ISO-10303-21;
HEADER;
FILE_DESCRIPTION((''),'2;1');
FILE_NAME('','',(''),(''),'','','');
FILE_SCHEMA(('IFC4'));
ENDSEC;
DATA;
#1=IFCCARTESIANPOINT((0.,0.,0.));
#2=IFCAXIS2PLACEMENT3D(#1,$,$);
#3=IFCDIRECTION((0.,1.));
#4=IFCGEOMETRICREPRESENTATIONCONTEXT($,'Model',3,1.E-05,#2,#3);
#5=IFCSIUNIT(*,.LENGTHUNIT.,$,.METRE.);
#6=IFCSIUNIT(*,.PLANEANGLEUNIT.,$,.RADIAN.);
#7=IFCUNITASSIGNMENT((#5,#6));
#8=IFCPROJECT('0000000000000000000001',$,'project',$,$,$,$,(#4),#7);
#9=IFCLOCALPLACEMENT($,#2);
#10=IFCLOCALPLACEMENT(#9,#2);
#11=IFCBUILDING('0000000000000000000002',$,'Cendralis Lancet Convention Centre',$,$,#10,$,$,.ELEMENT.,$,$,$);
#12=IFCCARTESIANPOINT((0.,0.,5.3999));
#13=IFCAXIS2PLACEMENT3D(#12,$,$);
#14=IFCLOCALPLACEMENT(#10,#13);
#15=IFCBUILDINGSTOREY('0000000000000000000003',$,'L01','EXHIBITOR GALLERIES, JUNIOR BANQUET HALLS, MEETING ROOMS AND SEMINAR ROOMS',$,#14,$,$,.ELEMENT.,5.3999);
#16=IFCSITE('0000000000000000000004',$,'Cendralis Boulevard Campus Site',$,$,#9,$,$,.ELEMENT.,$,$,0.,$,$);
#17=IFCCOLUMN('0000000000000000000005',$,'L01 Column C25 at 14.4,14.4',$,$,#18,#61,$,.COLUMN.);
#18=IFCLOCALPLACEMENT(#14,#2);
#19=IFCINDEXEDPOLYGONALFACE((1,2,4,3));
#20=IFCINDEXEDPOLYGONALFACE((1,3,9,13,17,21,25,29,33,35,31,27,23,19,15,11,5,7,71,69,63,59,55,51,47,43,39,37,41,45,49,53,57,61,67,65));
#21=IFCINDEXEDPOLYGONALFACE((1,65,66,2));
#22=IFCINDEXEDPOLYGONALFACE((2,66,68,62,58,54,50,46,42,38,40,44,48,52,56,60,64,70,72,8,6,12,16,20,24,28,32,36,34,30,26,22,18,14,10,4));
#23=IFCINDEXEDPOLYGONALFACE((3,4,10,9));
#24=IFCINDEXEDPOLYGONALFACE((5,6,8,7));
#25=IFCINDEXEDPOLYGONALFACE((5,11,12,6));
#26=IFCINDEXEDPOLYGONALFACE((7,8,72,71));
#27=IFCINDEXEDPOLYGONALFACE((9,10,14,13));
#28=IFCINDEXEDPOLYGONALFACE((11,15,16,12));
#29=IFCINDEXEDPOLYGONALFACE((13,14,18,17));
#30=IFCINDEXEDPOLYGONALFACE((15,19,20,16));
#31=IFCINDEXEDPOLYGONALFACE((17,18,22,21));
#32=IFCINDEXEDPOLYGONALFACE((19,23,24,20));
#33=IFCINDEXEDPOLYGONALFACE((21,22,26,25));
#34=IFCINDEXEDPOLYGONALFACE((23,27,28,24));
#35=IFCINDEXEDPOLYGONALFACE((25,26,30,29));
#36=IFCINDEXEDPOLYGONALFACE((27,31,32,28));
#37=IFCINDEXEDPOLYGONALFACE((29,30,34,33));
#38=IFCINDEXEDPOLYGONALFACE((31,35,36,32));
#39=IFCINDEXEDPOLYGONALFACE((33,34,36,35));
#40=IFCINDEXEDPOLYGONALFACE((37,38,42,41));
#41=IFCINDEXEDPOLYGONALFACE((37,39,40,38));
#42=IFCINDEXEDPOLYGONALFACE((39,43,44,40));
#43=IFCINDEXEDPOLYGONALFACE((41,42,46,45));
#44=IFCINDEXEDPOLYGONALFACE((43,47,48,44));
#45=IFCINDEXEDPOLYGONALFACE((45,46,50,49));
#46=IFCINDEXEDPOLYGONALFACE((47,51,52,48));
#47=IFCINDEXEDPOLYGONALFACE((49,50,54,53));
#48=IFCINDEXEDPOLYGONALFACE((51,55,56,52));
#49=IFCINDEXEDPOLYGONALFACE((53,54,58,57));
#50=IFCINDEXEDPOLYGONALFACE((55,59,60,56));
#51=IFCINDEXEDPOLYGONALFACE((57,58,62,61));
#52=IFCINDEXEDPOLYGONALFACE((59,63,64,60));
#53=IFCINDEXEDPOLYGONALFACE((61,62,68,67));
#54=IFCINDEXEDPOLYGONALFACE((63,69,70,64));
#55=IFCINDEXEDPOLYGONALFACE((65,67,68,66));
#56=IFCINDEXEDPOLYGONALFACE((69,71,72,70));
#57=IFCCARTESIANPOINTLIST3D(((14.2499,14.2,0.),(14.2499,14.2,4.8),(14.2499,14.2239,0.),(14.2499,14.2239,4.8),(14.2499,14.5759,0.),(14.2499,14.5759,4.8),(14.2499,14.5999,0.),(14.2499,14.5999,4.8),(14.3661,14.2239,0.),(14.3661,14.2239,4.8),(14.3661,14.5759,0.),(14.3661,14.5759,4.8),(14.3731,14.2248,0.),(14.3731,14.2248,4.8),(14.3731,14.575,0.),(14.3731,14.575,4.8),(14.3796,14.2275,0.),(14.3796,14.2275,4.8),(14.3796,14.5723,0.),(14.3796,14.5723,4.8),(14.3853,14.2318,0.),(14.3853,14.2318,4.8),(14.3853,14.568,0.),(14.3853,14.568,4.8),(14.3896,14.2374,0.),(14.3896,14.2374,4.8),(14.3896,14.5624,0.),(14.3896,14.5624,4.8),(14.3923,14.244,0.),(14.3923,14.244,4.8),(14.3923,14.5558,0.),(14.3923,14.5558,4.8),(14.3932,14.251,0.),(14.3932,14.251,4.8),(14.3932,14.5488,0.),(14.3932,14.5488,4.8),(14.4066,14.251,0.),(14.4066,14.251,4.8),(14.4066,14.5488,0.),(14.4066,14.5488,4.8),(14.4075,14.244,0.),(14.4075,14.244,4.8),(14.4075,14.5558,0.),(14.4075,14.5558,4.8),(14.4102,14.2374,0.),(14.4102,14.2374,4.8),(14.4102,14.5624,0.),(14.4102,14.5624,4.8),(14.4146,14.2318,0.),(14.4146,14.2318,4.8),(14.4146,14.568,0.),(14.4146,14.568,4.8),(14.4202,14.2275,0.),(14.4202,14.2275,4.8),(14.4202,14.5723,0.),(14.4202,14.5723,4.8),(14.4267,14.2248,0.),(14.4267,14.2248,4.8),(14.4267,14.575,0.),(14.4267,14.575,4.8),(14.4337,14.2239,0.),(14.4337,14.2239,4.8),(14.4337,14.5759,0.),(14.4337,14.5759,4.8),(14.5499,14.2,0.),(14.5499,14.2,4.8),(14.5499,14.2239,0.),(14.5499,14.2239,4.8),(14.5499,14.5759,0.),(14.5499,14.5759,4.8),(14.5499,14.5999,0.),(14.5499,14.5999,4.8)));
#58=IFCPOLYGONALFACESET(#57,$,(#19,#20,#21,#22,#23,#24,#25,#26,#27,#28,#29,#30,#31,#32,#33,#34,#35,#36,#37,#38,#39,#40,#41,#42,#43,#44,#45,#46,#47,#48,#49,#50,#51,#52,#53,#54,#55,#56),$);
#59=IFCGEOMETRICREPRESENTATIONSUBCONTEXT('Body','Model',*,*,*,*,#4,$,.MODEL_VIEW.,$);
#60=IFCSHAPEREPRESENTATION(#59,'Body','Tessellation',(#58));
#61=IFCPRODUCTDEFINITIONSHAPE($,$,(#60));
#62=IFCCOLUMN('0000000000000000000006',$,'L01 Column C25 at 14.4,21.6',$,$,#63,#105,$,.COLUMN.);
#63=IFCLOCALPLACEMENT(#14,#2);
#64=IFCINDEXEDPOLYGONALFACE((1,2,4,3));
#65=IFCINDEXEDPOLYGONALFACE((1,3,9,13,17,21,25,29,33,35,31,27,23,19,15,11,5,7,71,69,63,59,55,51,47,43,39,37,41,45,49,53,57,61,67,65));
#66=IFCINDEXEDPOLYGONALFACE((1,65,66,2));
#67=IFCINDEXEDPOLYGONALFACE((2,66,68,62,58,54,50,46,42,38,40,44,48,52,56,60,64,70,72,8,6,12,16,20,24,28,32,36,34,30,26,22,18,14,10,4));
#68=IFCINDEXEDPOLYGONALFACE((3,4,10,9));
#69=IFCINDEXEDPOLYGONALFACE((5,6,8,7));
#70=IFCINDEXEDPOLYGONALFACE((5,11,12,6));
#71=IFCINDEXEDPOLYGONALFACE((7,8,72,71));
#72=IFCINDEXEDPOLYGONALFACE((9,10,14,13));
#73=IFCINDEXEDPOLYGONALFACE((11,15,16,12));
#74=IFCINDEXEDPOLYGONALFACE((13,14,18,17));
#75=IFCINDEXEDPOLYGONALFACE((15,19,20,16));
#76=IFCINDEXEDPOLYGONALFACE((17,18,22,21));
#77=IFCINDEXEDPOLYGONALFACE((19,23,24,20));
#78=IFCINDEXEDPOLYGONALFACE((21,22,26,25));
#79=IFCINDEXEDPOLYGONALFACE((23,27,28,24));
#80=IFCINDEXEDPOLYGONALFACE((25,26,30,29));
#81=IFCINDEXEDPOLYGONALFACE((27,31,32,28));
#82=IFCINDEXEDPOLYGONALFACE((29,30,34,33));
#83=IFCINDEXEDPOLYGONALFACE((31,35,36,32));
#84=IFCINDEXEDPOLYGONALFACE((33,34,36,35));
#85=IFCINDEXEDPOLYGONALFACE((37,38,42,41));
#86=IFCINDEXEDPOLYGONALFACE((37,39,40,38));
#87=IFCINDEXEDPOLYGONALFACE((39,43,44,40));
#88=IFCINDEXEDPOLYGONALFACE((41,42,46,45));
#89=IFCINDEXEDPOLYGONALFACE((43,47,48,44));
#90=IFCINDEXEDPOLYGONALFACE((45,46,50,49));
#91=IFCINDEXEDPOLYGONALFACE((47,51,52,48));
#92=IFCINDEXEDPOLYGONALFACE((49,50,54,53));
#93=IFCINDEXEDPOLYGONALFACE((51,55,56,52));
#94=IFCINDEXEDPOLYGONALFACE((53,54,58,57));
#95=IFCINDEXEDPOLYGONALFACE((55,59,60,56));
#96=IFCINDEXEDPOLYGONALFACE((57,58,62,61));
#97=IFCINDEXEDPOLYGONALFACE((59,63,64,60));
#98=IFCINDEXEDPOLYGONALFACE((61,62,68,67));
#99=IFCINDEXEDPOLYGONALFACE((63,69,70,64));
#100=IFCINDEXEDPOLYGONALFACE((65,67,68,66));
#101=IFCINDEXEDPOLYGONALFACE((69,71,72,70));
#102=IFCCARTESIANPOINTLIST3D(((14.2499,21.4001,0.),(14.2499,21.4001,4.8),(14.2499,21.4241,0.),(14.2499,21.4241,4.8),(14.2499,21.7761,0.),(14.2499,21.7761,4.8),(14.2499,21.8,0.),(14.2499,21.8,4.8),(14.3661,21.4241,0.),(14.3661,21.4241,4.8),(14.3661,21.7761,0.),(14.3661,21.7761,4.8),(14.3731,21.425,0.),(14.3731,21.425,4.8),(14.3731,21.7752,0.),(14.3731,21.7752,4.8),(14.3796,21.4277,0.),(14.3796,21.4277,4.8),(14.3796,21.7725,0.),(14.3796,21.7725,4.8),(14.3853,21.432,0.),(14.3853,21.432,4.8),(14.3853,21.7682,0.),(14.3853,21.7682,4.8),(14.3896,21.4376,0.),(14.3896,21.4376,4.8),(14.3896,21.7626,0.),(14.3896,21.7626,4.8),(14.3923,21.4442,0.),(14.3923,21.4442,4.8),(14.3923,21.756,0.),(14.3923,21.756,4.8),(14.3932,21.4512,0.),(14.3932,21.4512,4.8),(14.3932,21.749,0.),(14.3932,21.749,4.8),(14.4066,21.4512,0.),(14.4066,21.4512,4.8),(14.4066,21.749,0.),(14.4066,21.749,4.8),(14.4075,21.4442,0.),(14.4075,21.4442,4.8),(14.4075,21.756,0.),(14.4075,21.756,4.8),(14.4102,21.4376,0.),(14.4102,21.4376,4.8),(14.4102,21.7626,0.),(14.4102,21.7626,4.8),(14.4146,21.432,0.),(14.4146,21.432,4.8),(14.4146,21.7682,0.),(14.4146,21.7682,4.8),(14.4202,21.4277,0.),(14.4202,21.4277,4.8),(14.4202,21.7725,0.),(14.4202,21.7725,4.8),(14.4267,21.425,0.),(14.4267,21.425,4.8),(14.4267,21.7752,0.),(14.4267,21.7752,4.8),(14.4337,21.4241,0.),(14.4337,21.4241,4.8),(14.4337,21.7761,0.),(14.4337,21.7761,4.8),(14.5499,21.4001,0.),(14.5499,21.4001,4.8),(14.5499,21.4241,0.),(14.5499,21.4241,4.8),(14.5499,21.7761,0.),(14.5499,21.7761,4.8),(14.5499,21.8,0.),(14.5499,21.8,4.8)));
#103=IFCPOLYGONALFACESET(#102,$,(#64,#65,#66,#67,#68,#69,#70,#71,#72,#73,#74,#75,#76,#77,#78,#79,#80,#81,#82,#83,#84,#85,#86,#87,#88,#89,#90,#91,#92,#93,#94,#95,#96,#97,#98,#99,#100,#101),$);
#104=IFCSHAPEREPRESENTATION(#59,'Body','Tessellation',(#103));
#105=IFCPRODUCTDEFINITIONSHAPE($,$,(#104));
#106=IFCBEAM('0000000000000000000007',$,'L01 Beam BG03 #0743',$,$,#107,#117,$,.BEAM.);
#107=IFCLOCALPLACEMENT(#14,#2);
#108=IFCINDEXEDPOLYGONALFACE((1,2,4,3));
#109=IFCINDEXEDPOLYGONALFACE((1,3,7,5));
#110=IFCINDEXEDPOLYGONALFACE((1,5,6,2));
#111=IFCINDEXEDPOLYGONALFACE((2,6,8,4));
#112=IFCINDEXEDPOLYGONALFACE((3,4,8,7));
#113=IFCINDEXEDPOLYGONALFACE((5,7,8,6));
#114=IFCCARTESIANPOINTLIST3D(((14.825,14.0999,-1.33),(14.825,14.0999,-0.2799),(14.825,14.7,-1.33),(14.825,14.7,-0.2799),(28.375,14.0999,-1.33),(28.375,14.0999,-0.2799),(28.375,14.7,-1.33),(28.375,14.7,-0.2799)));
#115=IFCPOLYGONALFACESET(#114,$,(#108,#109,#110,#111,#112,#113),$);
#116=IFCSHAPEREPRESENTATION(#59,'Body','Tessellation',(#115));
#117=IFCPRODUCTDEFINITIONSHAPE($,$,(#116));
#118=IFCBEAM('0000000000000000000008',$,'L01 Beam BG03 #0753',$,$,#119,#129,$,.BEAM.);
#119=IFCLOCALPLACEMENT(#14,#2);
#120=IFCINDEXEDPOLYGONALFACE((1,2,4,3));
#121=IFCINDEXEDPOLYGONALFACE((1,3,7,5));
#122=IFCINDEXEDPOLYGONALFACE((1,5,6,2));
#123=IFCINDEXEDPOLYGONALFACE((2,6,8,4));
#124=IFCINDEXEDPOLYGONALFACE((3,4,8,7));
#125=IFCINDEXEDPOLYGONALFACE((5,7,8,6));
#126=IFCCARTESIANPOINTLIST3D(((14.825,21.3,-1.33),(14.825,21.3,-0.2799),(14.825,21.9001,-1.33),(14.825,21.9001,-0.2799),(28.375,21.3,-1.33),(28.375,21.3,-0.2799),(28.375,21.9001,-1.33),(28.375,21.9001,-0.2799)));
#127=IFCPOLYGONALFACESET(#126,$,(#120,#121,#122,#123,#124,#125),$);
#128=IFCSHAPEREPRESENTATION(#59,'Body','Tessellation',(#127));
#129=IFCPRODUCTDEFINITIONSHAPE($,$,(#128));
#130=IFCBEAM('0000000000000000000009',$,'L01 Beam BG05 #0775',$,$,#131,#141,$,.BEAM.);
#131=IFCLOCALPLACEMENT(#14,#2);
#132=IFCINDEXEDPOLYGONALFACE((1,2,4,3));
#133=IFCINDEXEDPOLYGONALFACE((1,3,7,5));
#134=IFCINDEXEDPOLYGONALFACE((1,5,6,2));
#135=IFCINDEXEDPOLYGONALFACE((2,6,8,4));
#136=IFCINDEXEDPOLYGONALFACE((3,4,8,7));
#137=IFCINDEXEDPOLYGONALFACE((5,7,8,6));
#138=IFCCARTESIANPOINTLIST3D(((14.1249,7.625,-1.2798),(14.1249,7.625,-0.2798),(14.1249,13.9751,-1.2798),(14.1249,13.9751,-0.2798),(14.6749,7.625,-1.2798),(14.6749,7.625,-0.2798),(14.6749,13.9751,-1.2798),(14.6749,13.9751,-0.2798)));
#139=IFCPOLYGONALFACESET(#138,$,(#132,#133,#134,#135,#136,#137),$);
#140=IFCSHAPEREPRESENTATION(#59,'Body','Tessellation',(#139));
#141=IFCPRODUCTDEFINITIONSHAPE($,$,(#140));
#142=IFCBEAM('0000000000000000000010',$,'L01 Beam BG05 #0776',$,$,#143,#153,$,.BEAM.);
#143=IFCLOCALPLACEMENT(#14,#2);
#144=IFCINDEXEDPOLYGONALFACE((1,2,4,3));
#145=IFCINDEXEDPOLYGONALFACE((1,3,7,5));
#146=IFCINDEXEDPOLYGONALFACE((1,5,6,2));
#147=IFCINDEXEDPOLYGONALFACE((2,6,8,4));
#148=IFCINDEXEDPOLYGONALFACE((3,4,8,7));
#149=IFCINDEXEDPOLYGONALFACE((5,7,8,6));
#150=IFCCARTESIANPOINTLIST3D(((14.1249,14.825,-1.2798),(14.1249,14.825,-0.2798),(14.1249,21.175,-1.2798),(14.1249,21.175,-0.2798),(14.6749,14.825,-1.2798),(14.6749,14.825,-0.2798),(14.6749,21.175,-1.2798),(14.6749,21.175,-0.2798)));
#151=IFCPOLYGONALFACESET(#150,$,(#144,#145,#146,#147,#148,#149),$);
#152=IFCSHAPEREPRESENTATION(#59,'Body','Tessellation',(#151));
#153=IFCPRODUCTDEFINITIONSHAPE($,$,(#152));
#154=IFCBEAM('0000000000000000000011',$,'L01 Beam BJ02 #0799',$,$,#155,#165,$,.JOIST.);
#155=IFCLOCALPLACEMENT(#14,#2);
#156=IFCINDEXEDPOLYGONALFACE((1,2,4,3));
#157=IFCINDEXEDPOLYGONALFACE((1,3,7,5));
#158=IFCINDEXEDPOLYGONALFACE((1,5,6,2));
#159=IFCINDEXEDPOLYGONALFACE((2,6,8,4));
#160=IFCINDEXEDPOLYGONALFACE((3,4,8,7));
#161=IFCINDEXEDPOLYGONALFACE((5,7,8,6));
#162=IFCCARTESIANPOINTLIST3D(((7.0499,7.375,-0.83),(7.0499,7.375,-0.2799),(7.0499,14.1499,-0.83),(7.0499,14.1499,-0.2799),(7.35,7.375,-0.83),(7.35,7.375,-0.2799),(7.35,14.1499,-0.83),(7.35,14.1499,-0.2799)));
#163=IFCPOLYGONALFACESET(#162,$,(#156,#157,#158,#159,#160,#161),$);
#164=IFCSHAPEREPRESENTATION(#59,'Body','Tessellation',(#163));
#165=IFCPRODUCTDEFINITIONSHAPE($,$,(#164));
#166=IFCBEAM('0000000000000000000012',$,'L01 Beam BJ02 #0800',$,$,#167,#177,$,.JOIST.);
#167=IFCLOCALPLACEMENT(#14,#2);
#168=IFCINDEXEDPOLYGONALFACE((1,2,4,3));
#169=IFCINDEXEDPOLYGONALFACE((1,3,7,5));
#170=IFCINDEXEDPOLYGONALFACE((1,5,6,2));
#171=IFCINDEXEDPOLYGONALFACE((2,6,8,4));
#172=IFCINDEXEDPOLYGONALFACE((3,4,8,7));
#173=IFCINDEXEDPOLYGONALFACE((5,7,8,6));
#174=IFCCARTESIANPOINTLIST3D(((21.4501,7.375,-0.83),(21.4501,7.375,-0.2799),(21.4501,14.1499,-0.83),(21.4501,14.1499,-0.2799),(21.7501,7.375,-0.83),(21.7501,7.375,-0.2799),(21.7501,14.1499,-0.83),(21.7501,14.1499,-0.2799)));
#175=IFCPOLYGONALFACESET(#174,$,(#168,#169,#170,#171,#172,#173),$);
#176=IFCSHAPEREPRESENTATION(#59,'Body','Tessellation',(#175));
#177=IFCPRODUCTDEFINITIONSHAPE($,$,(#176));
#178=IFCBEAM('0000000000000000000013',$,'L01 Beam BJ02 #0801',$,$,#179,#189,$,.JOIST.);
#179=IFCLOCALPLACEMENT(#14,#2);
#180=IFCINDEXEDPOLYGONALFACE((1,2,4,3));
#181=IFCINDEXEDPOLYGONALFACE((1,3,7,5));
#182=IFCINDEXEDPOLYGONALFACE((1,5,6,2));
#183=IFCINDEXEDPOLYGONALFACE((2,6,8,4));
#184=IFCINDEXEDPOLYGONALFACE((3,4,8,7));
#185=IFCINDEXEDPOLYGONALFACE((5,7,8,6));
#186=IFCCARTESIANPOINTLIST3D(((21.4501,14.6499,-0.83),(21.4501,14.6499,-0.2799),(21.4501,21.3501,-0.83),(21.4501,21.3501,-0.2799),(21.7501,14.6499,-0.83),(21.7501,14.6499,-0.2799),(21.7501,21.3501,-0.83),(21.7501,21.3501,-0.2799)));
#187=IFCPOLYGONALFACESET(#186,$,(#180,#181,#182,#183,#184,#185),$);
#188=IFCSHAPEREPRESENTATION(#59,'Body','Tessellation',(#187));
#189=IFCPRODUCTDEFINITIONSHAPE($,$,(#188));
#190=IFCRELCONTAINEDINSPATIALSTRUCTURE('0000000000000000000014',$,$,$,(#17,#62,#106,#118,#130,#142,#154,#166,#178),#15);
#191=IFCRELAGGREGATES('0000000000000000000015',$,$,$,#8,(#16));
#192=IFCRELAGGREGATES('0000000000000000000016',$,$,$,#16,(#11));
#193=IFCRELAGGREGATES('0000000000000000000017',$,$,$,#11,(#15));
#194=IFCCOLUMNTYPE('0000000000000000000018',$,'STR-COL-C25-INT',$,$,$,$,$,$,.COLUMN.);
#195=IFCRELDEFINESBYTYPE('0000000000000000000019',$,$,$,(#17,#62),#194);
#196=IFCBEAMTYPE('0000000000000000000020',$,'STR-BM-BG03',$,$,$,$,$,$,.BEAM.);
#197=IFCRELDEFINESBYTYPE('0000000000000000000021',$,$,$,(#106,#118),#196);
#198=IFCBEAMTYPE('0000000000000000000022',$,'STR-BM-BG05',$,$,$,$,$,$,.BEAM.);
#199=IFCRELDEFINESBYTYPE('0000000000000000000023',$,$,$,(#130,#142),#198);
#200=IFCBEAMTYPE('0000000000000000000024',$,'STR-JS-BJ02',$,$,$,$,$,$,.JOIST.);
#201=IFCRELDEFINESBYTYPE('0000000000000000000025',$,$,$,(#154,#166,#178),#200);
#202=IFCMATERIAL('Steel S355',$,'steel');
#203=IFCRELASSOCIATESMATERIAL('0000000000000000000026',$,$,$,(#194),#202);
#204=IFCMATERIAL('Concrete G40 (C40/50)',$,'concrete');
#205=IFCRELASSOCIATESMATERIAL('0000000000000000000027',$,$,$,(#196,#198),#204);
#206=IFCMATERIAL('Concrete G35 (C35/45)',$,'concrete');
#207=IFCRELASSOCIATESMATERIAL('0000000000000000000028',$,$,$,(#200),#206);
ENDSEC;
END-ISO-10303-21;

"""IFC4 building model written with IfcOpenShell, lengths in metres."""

from ifc_helpers import new_model, si_unit, direction, frame, origin, origin_2d, place, context, subcontext, project, spatial, rectangle, i_section, extrude, material, material_profile, profile_set, type_object, element, save


model = new_model("IFC4")

# Units and contexts
model_context = context("Model", 3, precision=1e-05, world=origin(), true_north=direction((0.0, 1.0)))
body_context = subcontext(model_context, "Body", "Model", "MODEL_VIEW")
ifc_project = project(units=[si_unit("LENGTHUNIT", "METRE"), si_unit("PLANEANGLEUNIT", "RADIAN")], contexts=[model_context])

# Site, building, storey
site_placement = place(None, origin())
site = spatial("IfcSite", under=ifc_project, at=site_placement, Name="Cendralis Boulevard Campus Site", CompositionType="ELEMENT", RefElevation=0.0)
building_placement = place(site_placement, origin())
building = spatial("IfcBuilding", under=site, at=building_placement, Name="Cendralis Lancet Convention Centre", CompositionType="ELEMENT")
storey_placement = place(building_placement, frame((0.0, 0.0, 5.3999)))
storey = spatial("IfcBuildingStorey", under=building, at=storey_placement, Name="L01", Description="EXHIBITOR GALLERIES, JUNIOR BANQUET HALLS, MEETING ROOMS AND SEMINAR ROOMS", CompositionType="ELEMENT", Elevation=5.3999)

# Columns
ifc_material_1 = material(Name="Steel S355", Category="steel")
ifc_material_profile_1 = material_profile(ifc_material_1, i_section(OverallWidth=0.3, OverallDepth=0.3999, WebThickness=0.0134, FlangeThickness=0.0239, FilletRadius=0.0271, at=origin_2d()), Name="HEB 400")
ifc_profile_set_1 = profile_set([ifc_material_profile_1], Name="Steel S355")
column_type = type_object("IfcColumnType", Name="STR-COL-C25-INT", PredefinedType="COLUMN", material=ifc_profile_set_1)
for number, where, z_axis, x_axis, name in (
    (1, (14.3999, 14.3999, 0.0), (0.0, 0.0, 1.0), (1.0, 0.0, 0.0), "L01 Column C25 at 14.4,14.4"),
    (2, (14.3999, 21.6001, 0.0), (0.0, 0.0, 1.0), (1.0, 0.0, 0.0), "L01 Column C25 at 14.4,21.6"),
):
    element("IfcColumn", number, at=place(storey_placement, frame(where, z_axis=z_axis, x_axis=x_axis)), inside=storey, type_object=column_type, Name=name, PredefinedType="COLUMN", context=body_context, shape_type="SweptSolid", body=[
        extrude(i_section(OverallWidth=0.3, OverallDepth=0.3999, WebThickness=0.0134, FlangeThickness=0.0239, FilletRadius=0.0271, at=origin_2d()), origin(), (0.0, 0.0, 1.0), 4.8),
    ])

# Beams
ifc_material_2 = material(Name="Concrete G40 (C40/50)", Category="concrete")
ifc_material_profile_2 = material_profile(ifc_material_2, rectangle(XDim=0.6001, YDim=1.05, at=origin_2d()), Name="RCB 600x1050")
ifc_profile_set_2 = profile_set([ifc_material_profile_2], Name="Concrete G40 (C40/50)")
beam_type_1 = type_object("IfcBeamType", Name="STR-BM-BG03", PredefinedType="BEAM", material=ifc_profile_set_2)
for number, where, z_axis, x_axis, name in (
    (3, (14.825, 14.3999, -0.8049), (1.0, 0.0, 0.0), (0.0, 1.0, 0.0), "L01 Beam BG03 #0743"),
    (4, (14.825, 21.6001, -0.8049), (1.0, 0.0, 0.0), (0.0, 1.0, 0.0), "L01 Beam BG03 #0753"),
):
    element("IfcBeam", number, at=place(storey_placement, frame(where, z_axis=z_axis, x_axis=x_axis)), inside=storey, type_object=beam_type_1, Name=name, PredefinedType="BEAM", context=body_context, shape_type="SweptSolid", body=[
        extrude(rectangle(XDim=0.6001, YDim=1.05, at=origin_2d()), origin(), (0.0, 0.0, 1.0), 13.55),
    ])
ifc_material_profile_3 = material_profile(ifc_material_2, rectangle(XDim=0.55, YDim=1.0, at=origin_2d()), Name="RCB 550x1000")
ifc_profile_set_3 = profile_set([ifc_material_profile_3], Name="Concrete G40 (C40/50)")
beam_type_2 = type_object("IfcBeamType", Name="STR-BM-BG05", PredefinedType="BEAM", material=ifc_profile_set_3)
for number, where, z_axis, x_axis, name in (
    (5, (14.3999, 7.625, -0.7798), (0.0, 1.0, 0.0), (-1.0, 0.0, 0.0), "L01 Beam BG05 #0775"),
    (6, (14.3999, 14.825, -0.7798), (0.0, 1.0, 0.0), (-1.0, 0.0, 0.0), "L01 Beam BG05 #0776"),
):
    element("IfcBeam", number, at=place(storey_placement, frame(where, z_axis=z_axis, x_axis=x_axis)), inside=storey, type_object=beam_type_2, Name=name, PredefinedType="BEAM", context=body_context, shape_type="SweptSolid", body=[
        extrude(rectangle(XDim=0.55, YDim=1.0, at=origin_2d()), origin(), (0.0, 0.0, 1.0), 6.3501),
    ])
ifc_material_3 = material(Name="Concrete G35 (C35/45)", Category="concrete")
ifc_material_profile_4 = material_profile(ifc_material_3, rectangle(XDim=0.3, YDim=0.55, at=origin_2d()), Name="RCB 300x550")
ifc_profile_set_4 = profile_set([ifc_material_profile_4], Name="Concrete G35 (C35/45)")
beam_type_3 = type_object("IfcBeamType", Name="STR-JS-BJ02", PredefinedType="JOIST", material=ifc_profile_set_4)
for number, where, z_axis, x_axis, name in (
    (7, (7.2, 7.375, -0.5549), (0.0, 1.0, 0.0), (-1.0, 0.0, 0.0), "L01 Beam BJ02 #0799"),
    (8, (21.6001, 7.375, -0.5549), (0.0, 1.0, 0.0), (-1.0, 0.0, 0.0), "L01 Beam BJ02 #0800"),
):
    element("IfcBeam", number, at=place(storey_placement, frame(where, z_axis=z_axis, x_axis=x_axis)), inside=storey, type_object=beam_type_3, Name=name, PredefinedType="JOIST", context=body_context, shape_type="SweptSolid", body=[
        extrude(rectangle(XDim=0.3, YDim=0.55, at=origin_2d()), origin(), (0.0, 0.0, 1.0), 6.7749),
    ])
beam_placement = place(storey_placement, frame((21.6001, 14.6499, -0.5549), z_axis=(0.0, 1.0, 0.0), x_axis=(-1.0, 0.0, 0.0)))
element("IfcBeam", 9, at=beam_placement, inside=storey, type_object=beam_type_3, Name="L01 Beam BJ02 #0801", PredefinedType="JOIST", context=body_context, shape_type="SweptSolid", body=[
    extrude(rectangle(XDim=0.3, YDim=0.55, at=origin_2d()), origin(), (0.0, 0.0, 1.0), 6.7002),
])

save(model, "model.ifc")
